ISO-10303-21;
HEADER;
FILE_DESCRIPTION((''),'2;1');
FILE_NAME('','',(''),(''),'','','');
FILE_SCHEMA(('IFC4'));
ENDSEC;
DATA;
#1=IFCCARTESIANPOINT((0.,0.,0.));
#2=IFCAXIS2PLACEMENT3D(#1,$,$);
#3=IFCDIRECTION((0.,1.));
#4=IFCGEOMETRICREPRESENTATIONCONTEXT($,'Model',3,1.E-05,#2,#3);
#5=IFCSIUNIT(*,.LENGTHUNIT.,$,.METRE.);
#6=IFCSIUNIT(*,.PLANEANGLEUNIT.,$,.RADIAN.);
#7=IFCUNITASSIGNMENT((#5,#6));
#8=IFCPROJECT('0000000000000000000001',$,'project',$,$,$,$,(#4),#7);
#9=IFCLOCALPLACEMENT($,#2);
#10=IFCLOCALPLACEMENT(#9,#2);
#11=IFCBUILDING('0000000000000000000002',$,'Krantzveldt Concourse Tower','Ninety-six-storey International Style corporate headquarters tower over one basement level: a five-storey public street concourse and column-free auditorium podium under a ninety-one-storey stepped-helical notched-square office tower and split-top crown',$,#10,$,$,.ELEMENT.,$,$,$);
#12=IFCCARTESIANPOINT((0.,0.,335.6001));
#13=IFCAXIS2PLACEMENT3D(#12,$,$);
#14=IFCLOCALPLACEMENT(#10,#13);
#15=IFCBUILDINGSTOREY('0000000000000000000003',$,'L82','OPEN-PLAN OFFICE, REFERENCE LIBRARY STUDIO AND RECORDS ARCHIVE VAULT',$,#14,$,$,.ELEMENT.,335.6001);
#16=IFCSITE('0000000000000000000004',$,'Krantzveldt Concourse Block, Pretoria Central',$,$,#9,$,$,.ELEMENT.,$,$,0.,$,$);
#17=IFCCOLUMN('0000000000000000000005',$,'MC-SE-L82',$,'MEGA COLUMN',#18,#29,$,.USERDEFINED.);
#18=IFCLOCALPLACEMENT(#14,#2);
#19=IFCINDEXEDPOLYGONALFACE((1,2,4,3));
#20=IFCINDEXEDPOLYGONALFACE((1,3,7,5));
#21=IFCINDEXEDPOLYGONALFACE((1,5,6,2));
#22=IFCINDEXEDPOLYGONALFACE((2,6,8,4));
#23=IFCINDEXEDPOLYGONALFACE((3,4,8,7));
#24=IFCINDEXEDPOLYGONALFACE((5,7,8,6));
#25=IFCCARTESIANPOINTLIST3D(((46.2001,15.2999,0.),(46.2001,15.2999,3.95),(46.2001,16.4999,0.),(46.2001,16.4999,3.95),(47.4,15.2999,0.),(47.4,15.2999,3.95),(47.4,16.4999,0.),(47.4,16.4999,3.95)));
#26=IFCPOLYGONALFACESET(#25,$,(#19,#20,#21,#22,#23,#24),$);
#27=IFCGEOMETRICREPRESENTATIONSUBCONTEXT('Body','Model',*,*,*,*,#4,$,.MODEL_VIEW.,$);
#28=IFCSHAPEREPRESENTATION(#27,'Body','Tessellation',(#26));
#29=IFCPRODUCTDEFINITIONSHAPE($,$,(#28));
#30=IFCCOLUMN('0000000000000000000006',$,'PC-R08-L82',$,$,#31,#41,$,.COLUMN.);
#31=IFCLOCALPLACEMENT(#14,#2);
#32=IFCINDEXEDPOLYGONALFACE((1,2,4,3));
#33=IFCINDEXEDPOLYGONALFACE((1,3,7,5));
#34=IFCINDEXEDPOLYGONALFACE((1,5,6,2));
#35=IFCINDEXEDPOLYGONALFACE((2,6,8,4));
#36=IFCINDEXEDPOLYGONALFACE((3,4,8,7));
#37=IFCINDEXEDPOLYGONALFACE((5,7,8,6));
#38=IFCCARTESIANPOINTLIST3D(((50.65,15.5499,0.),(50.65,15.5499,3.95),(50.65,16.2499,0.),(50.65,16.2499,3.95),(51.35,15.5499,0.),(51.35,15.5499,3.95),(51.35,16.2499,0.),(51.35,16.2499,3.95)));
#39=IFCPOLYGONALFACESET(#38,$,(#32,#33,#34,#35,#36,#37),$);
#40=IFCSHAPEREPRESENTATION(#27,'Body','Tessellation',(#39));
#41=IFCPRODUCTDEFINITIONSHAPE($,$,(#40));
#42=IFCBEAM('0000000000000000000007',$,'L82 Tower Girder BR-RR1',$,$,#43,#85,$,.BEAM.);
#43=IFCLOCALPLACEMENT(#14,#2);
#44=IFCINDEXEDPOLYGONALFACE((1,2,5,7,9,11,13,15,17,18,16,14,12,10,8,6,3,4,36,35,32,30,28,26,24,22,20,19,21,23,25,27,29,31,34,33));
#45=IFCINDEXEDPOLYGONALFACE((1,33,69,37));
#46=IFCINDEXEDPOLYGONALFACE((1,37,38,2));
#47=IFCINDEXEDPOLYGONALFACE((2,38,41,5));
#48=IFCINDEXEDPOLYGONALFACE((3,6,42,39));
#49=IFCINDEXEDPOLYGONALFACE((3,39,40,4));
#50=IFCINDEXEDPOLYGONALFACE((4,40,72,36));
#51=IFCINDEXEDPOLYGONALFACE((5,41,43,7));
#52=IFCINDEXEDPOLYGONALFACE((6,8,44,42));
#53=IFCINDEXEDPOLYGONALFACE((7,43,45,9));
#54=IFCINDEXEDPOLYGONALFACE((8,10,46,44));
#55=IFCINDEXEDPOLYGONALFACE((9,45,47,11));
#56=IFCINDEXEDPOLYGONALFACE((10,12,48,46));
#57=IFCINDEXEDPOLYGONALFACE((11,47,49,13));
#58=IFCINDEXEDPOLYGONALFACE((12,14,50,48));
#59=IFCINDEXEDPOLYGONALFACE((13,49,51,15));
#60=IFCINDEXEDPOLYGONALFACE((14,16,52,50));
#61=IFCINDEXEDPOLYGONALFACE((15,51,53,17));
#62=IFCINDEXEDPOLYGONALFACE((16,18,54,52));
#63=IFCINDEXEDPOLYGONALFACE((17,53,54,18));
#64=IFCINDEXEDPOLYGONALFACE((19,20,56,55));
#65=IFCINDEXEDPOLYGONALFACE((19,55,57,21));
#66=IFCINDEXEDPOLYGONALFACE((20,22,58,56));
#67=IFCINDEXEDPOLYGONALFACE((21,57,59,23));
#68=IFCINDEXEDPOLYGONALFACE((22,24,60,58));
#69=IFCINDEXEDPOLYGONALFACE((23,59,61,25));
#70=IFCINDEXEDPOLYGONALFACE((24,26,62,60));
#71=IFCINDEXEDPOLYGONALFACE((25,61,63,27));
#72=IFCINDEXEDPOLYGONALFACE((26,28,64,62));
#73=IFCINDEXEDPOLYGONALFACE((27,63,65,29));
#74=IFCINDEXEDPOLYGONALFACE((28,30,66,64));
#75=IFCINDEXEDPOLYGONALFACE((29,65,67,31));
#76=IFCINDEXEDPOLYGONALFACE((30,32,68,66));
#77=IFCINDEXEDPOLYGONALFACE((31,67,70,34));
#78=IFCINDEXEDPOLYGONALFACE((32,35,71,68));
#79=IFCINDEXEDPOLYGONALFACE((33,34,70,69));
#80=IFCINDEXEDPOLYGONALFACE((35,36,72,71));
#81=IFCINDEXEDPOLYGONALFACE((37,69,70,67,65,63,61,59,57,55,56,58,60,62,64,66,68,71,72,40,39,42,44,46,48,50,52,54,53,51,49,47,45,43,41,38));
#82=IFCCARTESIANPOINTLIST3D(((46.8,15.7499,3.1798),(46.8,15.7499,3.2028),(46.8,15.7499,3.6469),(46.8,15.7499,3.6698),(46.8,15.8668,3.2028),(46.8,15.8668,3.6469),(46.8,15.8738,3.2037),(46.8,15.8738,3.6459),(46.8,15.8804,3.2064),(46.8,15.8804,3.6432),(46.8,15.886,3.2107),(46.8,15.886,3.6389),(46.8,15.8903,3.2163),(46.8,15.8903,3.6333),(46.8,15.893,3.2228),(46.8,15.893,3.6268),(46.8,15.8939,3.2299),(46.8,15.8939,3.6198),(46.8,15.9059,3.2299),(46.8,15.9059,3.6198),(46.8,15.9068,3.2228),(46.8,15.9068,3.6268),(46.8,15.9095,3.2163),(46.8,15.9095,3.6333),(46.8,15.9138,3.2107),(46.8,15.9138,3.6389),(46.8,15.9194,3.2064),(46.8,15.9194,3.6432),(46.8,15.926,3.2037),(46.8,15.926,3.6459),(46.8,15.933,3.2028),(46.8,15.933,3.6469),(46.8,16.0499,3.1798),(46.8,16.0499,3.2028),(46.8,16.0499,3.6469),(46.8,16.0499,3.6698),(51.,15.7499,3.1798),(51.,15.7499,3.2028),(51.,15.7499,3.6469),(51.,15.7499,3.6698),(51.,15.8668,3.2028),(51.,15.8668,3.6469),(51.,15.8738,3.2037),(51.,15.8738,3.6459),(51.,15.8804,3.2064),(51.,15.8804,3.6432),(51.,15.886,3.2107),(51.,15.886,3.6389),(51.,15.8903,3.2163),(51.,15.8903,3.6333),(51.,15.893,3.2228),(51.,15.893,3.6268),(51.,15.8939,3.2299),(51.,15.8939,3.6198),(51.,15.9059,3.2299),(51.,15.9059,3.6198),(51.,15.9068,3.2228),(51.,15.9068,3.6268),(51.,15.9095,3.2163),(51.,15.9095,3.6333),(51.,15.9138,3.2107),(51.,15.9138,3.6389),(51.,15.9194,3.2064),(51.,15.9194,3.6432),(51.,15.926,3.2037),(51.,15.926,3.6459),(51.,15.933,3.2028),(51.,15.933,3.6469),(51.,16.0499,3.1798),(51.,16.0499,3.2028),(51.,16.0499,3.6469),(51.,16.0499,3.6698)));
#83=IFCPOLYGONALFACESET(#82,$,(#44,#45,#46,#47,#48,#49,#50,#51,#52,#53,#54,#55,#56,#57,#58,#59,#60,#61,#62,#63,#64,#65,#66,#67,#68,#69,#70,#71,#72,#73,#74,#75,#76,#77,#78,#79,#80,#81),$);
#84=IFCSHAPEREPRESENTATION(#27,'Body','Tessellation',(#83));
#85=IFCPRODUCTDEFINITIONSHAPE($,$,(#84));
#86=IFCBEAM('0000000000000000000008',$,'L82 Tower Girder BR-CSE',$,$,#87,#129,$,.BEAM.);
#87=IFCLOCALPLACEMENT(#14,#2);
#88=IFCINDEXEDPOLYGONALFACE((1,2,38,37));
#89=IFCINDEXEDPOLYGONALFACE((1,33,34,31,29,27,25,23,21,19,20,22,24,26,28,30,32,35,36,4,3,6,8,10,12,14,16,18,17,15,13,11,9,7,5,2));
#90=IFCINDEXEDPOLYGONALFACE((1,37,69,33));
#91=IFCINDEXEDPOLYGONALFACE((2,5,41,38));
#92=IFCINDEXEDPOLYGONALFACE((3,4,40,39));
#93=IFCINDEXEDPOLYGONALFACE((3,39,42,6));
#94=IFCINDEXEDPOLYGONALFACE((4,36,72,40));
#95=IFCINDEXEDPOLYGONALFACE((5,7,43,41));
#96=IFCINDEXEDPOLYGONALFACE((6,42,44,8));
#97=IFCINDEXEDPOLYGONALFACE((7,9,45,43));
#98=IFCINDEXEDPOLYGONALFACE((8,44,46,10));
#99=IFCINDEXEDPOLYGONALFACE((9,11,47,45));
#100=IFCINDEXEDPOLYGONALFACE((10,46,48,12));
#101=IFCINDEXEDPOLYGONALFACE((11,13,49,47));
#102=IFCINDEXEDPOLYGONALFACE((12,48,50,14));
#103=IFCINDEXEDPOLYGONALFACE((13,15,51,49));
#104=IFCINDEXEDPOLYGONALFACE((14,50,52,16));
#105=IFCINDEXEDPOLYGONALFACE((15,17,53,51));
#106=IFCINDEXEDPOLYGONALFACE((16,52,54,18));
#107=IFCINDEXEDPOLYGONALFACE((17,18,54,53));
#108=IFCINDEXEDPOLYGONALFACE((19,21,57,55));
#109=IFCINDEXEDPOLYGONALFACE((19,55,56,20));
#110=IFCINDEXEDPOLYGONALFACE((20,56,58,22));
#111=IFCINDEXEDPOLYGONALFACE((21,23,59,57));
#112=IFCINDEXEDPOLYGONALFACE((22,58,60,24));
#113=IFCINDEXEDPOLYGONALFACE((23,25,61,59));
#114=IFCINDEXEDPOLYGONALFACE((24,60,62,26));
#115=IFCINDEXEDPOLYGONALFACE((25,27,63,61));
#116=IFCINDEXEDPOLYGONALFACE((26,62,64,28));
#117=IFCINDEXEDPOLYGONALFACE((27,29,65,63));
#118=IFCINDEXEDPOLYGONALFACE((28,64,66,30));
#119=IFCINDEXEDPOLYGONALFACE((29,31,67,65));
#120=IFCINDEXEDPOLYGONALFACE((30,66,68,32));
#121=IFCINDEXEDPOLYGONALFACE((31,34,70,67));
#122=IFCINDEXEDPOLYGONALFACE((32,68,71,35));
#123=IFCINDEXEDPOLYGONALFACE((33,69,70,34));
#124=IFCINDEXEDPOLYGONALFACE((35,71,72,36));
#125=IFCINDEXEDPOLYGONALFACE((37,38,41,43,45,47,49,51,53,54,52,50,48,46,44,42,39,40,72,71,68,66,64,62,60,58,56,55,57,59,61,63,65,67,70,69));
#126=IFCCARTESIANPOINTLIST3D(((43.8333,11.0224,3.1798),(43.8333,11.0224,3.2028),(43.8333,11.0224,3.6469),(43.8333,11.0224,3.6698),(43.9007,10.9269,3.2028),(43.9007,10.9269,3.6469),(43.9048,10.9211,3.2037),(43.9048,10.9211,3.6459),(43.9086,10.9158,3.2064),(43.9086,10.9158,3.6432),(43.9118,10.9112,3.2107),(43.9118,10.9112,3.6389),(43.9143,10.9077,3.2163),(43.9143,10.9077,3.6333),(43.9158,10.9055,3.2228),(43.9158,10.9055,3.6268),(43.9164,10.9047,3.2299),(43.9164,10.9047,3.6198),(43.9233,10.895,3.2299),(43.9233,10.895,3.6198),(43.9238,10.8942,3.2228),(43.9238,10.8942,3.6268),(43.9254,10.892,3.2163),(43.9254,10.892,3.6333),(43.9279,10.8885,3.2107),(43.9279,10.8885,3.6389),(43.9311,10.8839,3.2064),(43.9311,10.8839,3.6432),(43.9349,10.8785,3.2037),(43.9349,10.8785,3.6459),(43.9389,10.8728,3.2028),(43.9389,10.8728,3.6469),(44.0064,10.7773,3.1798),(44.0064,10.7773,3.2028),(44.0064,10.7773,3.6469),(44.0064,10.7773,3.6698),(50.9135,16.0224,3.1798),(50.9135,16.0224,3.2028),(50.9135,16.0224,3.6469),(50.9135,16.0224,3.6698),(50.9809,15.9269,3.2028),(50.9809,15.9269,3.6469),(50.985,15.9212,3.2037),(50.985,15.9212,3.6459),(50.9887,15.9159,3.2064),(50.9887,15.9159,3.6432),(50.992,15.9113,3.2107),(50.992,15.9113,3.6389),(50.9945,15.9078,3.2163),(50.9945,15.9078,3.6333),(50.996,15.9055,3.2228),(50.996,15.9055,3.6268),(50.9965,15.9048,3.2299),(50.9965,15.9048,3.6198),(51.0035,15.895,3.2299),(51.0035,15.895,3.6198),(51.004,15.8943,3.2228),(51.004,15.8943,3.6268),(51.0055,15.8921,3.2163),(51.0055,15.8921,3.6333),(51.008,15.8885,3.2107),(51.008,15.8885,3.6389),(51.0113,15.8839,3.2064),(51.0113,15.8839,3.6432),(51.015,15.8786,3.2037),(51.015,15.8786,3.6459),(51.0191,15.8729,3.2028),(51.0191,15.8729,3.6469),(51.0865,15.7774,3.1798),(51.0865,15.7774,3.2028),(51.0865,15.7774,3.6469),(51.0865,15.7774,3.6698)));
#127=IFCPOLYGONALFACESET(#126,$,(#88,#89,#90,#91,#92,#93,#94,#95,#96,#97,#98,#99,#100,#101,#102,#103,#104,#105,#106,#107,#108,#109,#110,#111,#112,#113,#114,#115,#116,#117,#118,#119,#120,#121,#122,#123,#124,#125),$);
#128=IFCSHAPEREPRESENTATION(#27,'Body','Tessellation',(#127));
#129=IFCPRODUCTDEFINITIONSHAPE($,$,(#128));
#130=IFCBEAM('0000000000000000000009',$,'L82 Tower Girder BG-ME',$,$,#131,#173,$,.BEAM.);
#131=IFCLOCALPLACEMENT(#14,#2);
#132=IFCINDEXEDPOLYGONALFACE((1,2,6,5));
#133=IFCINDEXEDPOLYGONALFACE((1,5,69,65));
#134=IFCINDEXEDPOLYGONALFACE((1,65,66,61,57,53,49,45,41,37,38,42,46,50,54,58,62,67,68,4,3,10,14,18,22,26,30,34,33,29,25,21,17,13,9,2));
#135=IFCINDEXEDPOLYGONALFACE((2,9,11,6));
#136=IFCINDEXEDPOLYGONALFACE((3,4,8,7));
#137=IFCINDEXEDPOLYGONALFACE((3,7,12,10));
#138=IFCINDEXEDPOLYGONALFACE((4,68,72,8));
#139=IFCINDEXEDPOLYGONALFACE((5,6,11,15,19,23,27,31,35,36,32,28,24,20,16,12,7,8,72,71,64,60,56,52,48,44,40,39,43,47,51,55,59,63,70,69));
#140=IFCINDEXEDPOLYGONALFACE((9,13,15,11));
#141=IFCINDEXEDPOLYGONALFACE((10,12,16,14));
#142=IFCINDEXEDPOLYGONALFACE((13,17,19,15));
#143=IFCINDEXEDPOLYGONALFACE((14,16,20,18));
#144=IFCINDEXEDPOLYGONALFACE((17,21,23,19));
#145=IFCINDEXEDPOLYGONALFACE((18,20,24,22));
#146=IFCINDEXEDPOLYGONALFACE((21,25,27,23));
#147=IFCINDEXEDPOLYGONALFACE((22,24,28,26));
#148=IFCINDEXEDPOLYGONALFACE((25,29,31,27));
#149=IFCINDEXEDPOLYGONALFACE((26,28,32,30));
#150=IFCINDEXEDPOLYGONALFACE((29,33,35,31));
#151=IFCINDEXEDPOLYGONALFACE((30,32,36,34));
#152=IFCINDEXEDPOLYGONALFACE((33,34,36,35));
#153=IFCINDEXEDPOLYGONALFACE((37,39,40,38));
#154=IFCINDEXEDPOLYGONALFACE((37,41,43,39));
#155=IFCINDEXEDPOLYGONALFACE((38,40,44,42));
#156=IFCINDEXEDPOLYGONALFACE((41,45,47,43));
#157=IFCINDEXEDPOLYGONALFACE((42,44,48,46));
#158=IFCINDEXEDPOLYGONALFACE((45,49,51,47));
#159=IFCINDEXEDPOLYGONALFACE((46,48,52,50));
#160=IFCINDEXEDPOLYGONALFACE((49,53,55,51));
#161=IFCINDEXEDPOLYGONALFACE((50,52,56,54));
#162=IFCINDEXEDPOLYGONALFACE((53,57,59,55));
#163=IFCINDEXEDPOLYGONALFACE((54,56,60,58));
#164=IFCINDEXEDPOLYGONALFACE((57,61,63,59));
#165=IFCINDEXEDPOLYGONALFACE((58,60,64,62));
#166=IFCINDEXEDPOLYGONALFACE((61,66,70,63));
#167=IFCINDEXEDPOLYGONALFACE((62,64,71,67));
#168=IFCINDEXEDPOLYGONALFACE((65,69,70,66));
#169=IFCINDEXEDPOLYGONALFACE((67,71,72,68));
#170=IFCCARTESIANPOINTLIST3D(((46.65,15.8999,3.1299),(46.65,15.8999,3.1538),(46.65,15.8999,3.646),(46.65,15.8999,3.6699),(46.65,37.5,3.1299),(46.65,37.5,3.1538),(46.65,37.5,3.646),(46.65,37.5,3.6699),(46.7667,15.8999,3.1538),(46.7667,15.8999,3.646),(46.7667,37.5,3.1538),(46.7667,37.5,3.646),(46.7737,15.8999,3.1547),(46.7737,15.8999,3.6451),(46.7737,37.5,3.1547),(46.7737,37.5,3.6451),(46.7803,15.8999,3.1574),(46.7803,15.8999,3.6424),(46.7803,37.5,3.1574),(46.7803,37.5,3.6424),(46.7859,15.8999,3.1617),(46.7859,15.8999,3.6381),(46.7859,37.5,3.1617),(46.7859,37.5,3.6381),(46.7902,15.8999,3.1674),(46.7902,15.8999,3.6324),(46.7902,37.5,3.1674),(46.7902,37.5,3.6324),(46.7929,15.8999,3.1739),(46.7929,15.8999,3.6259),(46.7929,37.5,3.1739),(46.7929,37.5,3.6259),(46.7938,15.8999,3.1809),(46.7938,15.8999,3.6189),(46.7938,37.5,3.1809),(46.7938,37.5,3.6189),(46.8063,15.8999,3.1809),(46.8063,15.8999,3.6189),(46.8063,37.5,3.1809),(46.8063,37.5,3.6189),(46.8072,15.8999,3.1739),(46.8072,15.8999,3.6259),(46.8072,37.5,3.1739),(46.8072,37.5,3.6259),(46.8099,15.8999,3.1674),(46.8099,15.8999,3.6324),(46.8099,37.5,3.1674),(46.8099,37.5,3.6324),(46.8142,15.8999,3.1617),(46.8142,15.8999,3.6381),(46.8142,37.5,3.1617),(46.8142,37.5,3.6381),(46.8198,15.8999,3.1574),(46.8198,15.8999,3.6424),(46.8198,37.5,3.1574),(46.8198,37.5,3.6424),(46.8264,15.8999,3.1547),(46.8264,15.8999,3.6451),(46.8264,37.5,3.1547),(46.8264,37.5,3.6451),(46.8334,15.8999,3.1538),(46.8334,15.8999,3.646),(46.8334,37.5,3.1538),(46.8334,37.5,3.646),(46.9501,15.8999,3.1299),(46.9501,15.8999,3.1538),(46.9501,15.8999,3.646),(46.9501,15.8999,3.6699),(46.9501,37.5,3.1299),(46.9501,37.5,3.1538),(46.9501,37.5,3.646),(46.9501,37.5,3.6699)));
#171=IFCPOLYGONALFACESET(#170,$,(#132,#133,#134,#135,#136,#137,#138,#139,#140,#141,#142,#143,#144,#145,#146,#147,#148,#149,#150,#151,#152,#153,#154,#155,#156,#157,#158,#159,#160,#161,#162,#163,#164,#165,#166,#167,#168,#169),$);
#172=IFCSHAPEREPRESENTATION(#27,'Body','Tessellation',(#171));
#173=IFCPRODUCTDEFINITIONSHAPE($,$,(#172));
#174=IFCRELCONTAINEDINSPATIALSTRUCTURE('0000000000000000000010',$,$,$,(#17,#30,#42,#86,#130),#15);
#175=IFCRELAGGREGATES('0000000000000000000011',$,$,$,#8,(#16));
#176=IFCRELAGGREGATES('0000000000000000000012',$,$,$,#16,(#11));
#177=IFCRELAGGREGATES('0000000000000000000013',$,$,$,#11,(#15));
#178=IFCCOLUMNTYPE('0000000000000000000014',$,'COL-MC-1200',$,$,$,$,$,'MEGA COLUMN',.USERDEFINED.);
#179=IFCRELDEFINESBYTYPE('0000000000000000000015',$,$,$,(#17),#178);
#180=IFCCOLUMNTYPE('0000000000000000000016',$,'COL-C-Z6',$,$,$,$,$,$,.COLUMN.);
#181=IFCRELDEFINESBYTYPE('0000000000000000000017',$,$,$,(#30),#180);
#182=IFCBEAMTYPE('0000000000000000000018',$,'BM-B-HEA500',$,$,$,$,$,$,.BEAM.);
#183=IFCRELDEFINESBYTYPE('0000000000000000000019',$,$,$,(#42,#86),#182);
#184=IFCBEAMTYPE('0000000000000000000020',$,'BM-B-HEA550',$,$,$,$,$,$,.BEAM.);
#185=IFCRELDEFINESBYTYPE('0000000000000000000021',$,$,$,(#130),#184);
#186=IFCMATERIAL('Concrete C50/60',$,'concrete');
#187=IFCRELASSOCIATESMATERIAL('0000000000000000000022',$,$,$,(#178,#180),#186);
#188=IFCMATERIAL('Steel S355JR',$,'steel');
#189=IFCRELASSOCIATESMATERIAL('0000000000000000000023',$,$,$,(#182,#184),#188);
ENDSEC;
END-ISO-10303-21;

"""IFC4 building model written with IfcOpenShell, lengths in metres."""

from ifc_helpers import new_model, si_unit, direction, frame, origin, origin_2d, place, context, subcontext, project, spatial, rectangle, i_section, extrude, source, transform, mapped, material, material_profile, profile_set, type_object, type_shapes, element, save


model = new_model("IFC4")

# Units and contexts
model_context = context("Model", 3, precision=1e-05, world=origin(), true_north=direction((0.0, 1.0)))
body_context = subcontext(model_context, "Body", "Model", "MODEL_VIEW")
ifc_project = project(units=[si_unit("LENGTHUNIT", "METRE"), si_unit("PLANEANGLEUNIT", "RADIAN")], contexts=[model_context])

# Site, building, storey
site_placement = place(None, origin())
site = spatial("IfcSite", under=ifc_project, at=site_placement, Name="Krantzveldt Concourse Block, Pretoria Central", CompositionType="ELEMENT", RefElevation=0.0)
building_placement = place(site_placement, origin())
building = spatial("IfcBuilding", under=site, at=building_placement, Name="Krantzveldt Concourse Tower", Description="Ninety-six-storey International Style corporate headquarters tower over one basement level: a five-storey public street concourse and column-free auditorium podium under a ninety-one-storey stepped-helical notched-square office tower and split-top crown", CompositionType="ELEMENT")
storey_placement = place(building_placement, frame((0.0, 0.0, 335.6001)))
storey = spatial("IfcBuildingStorey", under=building, at=storey_placement, Name="L82", Description="OPEN-PLAN OFFICE, REFERENCE LIBRARY STUDIO AND RECORDS ARCHIVE VAULT", CompositionType="ELEMENT", Elevation=335.6001)

# Columns
ifc_material_1 = material(Name="Concrete C50/60", Category="concrete")
ifc_material_profile_1 = material_profile(ifc_material_1, rectangle(XDim=1.2, YDim=1.2, at=origin_2d()), Name="Concrete C50/60", Category="concrete")
ifc_profile_set_1 = profile_set([ifc_material_profile_1], Name="Concrete C50/60 - RC 1200x1200")
column_type_1 = type_object("IfcColumnType", Name="COL-MC-1200", ElementType="MEGA COLUMN", PredefinedType="USERDEFINED", material=ifc_profile_set_1)
shared_shape_1 = source(origin(), body_context, "Body", "SweptSolid", [
    extrude(rectangle(XDim=1.2, YDim=1.2, at=origin_2d()), origin(), (0.0, 0.0, 1.0), 3.95),
])
type_shapes(column_type_1, [shared_shape_1])
column_1_placement = place(storey_placement, frame((46.8, 15.8999, 0.0), z_axis=(0.0, 0.0, 1.0), x_axis=(1.0, 0.0, 0.0)))
element("IfcColumn", 1, at=column_1_placement, inside=storey, type_object=column_type_1, Name="MC-SE-L82", ObjectType="MEGA COLUMN", PredefinedType="USERDEFINED", context=body_context, shape_type="MappedRepresentation", body=[
    mapped(shared_shape_1, transform((0.0, 0.0, 0.0), x_axis=(1.0, 0.0, 0.0), y_axis=(0.0, 1.0, 0.0), z_axis=(0.0, 0.0, 1.0), scale=1.0)),
])
ifc_material_profile_2 = material_profile(ifc_material_1, rectangle(XDim=0.7, YDim=0.7, at=origin_2d()), Name="Concrete C50/60", Category="concrete")
ifc_profile_set_2 = profile_set([ifc_material_profile_2], Name="Concrete C50/60 - RC 700x700")
column_type_2 = type_object("IfcColumnType", Name="COL-C-Z6", PredefinedType="COLUMN", material=ifc_profile_set_2)
shared_shape_2 = source(origin(), body_context, "Body", "SweptSolid", [
    extrude(rectangle(XDim=0.7, YDim=0.7, at=origin_2d()), origin(), (0.0, 0.0, 1.0), 3.95),
])
type_shapes(column_type_2, [shared_shape_2])
column_2_placement = place(storey_placement, frame((51.0, 15.8999, 0.0), z_axis=(0.0, 0.0, 1.0), x_axis=(1.0, 0.0, 0.0)))
element("IfcColumn", 2, at=column_2_placement, inside=storey, type_object=column_type_2, Name="PC-R08-L82", PredefinedType="COLUMN", context=body_context, shape_type="MappedRepresentation", body=[
    mapped(shared_shape_2, transform((0.0, 0.0, 0.0), x_axis=(1.0, 0.0, 0.0), y_axis=(0.0, 1.0, 0.0), z_axis=(0.0, 0.0, 1.0), scale=1.0)),
])

# Beams
ifc_material_2 = material(Name="Steel S355JR", Category="steel")
ifc_material_profile_3 = material_profile(ifc_material_2, i_section(OverallWidth=0.3, OverallDepth=0.49, WebThickness=0.012, FlangeThickness=0.0229, FilletRadius=0.0271, at=origin_2d()), Name="Steel S355JR", Category="steel")
ifc_profile_set_3 = profile_set([ifc_material_profile_3], Name="Steel S355JR - HEA 500")
beam_type_1 = type_object("IfcBeamType", Name="BM-B-HEA500", PredefinedType="BEAM", material=ifc_profile_set_3)
shared_shape_3 = source(origin(), body_context, "Body", "SweptSolid", [
    extrude(i_section(OverallWidth=0.3, OverallDepth=0.49, WebThickness=0.012, FlangeThickness=0.0229, FilletRadius=0.0271, at=origin_2d()), origin(), (0.0, 0.0, 1.0), 4.2),
])
beam_1_placement = place(storey_placement, frame((46.8, 15.8999, 3.4248), z_axis=(1.0, 0.0, 0.0), x_axis=(0.0, 1.0, 0.0)))
element("IfcBeam", 3, at=beam_1_placement, inside=storey, type_object=beam_type_1, Name="L82 Tower Girder BR-RR1", PredefinedType="BEAM", context=body_context, shape_type="MappedRepresentation", body=[
    mapped(shared_shape_3, transform((0.0, 0.0, 0.0), x_axis=(1.0, 0.0, 0.0), y_axis=(0.0, 1.0, 0.0), z_axis=(0.0, 0.0, 1.0), scale=1.0)),
])
shared_shape_4 = source(origin(), body_context, "Body", "SweptSolid", [
    extrude(i_section(OverallWidth=0.3, OverallDepth=0.49, WebThickness=0.012, FlangeThickness=0.0229, FilletRadius=0.0271, at=origin_2d()), origin(), (0.0, 0.0, 1.0), 8.6677),
])
type_shapes(beam_type_1, [shared_shape_3, shared_shape_4])
beam_2_placement = place(storey_placement, frame((51.0, 15.8999, 3.4248), z_axis=(-0.816843, -0.57686, 0.0), x_axis=(0.57686, -0.816843, 0.0)))
element("IfcBeam", 4, at=beam_2_placement, inside=storey, type_object=beam_type_1, Name="L82 Tower Girder BR-CSE", PredefinedType="BEAM", context=body_context, shape_type="MappedRepresentation", body=[
    mapped(shared_shape_4, transform((0.0, 0.0, 0.0), x_axis=(1.0, 0.0, 0.0), y_axis=(0.0, 1.0, 0.0), z_axis=(0.0, 0.0, 1.0), scale=1.0)),
])
ifc_material_profile_4 = material_profile(ifc_material_2, i_section(OverallWidth=0.3, OverallDepth=0.54, WebThickness=0.0125, FlangeThickness=0.0239, FilletRadius=0.0271, at=origin_2d()), Name="Steel S355JR", Category="steel")
ifc_profile_set_4 = profile_set([ifc_material_profile_4], Name="Steel S355JR - HEA 550")
beam_type_2 = type_object("IfcBeamType", Name="BM-B-HEA550", PredefinedType="BEAM", material=ifc_profile_set_4)
shared_shape_5 = source(origin(), body_context, "Body", "SweptSolid", [
    extrude(i_section(OverallWidth=0.3, OverallDepth=0.54, WebThickness=0.0125, FlangeThickness=0.0239, FilletRadius=0.0271, at=origin_2d()), origin(), (0.0, 0.0, 1.0), 21.6001),
])
beam_3_placement = place(storey_placement, frame((46.8, 15.8999, 3.3999), z_axis=(0.0, 1.0, 0.0), x_axis=(-1.0, 0.0, 0.0)))
element("IfcBeam", 5, at=beam_3_placement, inside=storey, type_object=beam_type_2, Name="L82 Tower Girder BG-ME", PredefinedType="BEAM", context=body_context, shape_type="MappedRepresentation", body=[
    mapped(shared_shape_5, transform((0.0, 0.0, 0.0), x_axis=(1.0, 0.0, 0.0), y_axis=(0.0, 1.0, 0.0), z_axis=(0.0, 0.0, 1.0), scale=1.0)),
])

save(model, "model.ifc")
